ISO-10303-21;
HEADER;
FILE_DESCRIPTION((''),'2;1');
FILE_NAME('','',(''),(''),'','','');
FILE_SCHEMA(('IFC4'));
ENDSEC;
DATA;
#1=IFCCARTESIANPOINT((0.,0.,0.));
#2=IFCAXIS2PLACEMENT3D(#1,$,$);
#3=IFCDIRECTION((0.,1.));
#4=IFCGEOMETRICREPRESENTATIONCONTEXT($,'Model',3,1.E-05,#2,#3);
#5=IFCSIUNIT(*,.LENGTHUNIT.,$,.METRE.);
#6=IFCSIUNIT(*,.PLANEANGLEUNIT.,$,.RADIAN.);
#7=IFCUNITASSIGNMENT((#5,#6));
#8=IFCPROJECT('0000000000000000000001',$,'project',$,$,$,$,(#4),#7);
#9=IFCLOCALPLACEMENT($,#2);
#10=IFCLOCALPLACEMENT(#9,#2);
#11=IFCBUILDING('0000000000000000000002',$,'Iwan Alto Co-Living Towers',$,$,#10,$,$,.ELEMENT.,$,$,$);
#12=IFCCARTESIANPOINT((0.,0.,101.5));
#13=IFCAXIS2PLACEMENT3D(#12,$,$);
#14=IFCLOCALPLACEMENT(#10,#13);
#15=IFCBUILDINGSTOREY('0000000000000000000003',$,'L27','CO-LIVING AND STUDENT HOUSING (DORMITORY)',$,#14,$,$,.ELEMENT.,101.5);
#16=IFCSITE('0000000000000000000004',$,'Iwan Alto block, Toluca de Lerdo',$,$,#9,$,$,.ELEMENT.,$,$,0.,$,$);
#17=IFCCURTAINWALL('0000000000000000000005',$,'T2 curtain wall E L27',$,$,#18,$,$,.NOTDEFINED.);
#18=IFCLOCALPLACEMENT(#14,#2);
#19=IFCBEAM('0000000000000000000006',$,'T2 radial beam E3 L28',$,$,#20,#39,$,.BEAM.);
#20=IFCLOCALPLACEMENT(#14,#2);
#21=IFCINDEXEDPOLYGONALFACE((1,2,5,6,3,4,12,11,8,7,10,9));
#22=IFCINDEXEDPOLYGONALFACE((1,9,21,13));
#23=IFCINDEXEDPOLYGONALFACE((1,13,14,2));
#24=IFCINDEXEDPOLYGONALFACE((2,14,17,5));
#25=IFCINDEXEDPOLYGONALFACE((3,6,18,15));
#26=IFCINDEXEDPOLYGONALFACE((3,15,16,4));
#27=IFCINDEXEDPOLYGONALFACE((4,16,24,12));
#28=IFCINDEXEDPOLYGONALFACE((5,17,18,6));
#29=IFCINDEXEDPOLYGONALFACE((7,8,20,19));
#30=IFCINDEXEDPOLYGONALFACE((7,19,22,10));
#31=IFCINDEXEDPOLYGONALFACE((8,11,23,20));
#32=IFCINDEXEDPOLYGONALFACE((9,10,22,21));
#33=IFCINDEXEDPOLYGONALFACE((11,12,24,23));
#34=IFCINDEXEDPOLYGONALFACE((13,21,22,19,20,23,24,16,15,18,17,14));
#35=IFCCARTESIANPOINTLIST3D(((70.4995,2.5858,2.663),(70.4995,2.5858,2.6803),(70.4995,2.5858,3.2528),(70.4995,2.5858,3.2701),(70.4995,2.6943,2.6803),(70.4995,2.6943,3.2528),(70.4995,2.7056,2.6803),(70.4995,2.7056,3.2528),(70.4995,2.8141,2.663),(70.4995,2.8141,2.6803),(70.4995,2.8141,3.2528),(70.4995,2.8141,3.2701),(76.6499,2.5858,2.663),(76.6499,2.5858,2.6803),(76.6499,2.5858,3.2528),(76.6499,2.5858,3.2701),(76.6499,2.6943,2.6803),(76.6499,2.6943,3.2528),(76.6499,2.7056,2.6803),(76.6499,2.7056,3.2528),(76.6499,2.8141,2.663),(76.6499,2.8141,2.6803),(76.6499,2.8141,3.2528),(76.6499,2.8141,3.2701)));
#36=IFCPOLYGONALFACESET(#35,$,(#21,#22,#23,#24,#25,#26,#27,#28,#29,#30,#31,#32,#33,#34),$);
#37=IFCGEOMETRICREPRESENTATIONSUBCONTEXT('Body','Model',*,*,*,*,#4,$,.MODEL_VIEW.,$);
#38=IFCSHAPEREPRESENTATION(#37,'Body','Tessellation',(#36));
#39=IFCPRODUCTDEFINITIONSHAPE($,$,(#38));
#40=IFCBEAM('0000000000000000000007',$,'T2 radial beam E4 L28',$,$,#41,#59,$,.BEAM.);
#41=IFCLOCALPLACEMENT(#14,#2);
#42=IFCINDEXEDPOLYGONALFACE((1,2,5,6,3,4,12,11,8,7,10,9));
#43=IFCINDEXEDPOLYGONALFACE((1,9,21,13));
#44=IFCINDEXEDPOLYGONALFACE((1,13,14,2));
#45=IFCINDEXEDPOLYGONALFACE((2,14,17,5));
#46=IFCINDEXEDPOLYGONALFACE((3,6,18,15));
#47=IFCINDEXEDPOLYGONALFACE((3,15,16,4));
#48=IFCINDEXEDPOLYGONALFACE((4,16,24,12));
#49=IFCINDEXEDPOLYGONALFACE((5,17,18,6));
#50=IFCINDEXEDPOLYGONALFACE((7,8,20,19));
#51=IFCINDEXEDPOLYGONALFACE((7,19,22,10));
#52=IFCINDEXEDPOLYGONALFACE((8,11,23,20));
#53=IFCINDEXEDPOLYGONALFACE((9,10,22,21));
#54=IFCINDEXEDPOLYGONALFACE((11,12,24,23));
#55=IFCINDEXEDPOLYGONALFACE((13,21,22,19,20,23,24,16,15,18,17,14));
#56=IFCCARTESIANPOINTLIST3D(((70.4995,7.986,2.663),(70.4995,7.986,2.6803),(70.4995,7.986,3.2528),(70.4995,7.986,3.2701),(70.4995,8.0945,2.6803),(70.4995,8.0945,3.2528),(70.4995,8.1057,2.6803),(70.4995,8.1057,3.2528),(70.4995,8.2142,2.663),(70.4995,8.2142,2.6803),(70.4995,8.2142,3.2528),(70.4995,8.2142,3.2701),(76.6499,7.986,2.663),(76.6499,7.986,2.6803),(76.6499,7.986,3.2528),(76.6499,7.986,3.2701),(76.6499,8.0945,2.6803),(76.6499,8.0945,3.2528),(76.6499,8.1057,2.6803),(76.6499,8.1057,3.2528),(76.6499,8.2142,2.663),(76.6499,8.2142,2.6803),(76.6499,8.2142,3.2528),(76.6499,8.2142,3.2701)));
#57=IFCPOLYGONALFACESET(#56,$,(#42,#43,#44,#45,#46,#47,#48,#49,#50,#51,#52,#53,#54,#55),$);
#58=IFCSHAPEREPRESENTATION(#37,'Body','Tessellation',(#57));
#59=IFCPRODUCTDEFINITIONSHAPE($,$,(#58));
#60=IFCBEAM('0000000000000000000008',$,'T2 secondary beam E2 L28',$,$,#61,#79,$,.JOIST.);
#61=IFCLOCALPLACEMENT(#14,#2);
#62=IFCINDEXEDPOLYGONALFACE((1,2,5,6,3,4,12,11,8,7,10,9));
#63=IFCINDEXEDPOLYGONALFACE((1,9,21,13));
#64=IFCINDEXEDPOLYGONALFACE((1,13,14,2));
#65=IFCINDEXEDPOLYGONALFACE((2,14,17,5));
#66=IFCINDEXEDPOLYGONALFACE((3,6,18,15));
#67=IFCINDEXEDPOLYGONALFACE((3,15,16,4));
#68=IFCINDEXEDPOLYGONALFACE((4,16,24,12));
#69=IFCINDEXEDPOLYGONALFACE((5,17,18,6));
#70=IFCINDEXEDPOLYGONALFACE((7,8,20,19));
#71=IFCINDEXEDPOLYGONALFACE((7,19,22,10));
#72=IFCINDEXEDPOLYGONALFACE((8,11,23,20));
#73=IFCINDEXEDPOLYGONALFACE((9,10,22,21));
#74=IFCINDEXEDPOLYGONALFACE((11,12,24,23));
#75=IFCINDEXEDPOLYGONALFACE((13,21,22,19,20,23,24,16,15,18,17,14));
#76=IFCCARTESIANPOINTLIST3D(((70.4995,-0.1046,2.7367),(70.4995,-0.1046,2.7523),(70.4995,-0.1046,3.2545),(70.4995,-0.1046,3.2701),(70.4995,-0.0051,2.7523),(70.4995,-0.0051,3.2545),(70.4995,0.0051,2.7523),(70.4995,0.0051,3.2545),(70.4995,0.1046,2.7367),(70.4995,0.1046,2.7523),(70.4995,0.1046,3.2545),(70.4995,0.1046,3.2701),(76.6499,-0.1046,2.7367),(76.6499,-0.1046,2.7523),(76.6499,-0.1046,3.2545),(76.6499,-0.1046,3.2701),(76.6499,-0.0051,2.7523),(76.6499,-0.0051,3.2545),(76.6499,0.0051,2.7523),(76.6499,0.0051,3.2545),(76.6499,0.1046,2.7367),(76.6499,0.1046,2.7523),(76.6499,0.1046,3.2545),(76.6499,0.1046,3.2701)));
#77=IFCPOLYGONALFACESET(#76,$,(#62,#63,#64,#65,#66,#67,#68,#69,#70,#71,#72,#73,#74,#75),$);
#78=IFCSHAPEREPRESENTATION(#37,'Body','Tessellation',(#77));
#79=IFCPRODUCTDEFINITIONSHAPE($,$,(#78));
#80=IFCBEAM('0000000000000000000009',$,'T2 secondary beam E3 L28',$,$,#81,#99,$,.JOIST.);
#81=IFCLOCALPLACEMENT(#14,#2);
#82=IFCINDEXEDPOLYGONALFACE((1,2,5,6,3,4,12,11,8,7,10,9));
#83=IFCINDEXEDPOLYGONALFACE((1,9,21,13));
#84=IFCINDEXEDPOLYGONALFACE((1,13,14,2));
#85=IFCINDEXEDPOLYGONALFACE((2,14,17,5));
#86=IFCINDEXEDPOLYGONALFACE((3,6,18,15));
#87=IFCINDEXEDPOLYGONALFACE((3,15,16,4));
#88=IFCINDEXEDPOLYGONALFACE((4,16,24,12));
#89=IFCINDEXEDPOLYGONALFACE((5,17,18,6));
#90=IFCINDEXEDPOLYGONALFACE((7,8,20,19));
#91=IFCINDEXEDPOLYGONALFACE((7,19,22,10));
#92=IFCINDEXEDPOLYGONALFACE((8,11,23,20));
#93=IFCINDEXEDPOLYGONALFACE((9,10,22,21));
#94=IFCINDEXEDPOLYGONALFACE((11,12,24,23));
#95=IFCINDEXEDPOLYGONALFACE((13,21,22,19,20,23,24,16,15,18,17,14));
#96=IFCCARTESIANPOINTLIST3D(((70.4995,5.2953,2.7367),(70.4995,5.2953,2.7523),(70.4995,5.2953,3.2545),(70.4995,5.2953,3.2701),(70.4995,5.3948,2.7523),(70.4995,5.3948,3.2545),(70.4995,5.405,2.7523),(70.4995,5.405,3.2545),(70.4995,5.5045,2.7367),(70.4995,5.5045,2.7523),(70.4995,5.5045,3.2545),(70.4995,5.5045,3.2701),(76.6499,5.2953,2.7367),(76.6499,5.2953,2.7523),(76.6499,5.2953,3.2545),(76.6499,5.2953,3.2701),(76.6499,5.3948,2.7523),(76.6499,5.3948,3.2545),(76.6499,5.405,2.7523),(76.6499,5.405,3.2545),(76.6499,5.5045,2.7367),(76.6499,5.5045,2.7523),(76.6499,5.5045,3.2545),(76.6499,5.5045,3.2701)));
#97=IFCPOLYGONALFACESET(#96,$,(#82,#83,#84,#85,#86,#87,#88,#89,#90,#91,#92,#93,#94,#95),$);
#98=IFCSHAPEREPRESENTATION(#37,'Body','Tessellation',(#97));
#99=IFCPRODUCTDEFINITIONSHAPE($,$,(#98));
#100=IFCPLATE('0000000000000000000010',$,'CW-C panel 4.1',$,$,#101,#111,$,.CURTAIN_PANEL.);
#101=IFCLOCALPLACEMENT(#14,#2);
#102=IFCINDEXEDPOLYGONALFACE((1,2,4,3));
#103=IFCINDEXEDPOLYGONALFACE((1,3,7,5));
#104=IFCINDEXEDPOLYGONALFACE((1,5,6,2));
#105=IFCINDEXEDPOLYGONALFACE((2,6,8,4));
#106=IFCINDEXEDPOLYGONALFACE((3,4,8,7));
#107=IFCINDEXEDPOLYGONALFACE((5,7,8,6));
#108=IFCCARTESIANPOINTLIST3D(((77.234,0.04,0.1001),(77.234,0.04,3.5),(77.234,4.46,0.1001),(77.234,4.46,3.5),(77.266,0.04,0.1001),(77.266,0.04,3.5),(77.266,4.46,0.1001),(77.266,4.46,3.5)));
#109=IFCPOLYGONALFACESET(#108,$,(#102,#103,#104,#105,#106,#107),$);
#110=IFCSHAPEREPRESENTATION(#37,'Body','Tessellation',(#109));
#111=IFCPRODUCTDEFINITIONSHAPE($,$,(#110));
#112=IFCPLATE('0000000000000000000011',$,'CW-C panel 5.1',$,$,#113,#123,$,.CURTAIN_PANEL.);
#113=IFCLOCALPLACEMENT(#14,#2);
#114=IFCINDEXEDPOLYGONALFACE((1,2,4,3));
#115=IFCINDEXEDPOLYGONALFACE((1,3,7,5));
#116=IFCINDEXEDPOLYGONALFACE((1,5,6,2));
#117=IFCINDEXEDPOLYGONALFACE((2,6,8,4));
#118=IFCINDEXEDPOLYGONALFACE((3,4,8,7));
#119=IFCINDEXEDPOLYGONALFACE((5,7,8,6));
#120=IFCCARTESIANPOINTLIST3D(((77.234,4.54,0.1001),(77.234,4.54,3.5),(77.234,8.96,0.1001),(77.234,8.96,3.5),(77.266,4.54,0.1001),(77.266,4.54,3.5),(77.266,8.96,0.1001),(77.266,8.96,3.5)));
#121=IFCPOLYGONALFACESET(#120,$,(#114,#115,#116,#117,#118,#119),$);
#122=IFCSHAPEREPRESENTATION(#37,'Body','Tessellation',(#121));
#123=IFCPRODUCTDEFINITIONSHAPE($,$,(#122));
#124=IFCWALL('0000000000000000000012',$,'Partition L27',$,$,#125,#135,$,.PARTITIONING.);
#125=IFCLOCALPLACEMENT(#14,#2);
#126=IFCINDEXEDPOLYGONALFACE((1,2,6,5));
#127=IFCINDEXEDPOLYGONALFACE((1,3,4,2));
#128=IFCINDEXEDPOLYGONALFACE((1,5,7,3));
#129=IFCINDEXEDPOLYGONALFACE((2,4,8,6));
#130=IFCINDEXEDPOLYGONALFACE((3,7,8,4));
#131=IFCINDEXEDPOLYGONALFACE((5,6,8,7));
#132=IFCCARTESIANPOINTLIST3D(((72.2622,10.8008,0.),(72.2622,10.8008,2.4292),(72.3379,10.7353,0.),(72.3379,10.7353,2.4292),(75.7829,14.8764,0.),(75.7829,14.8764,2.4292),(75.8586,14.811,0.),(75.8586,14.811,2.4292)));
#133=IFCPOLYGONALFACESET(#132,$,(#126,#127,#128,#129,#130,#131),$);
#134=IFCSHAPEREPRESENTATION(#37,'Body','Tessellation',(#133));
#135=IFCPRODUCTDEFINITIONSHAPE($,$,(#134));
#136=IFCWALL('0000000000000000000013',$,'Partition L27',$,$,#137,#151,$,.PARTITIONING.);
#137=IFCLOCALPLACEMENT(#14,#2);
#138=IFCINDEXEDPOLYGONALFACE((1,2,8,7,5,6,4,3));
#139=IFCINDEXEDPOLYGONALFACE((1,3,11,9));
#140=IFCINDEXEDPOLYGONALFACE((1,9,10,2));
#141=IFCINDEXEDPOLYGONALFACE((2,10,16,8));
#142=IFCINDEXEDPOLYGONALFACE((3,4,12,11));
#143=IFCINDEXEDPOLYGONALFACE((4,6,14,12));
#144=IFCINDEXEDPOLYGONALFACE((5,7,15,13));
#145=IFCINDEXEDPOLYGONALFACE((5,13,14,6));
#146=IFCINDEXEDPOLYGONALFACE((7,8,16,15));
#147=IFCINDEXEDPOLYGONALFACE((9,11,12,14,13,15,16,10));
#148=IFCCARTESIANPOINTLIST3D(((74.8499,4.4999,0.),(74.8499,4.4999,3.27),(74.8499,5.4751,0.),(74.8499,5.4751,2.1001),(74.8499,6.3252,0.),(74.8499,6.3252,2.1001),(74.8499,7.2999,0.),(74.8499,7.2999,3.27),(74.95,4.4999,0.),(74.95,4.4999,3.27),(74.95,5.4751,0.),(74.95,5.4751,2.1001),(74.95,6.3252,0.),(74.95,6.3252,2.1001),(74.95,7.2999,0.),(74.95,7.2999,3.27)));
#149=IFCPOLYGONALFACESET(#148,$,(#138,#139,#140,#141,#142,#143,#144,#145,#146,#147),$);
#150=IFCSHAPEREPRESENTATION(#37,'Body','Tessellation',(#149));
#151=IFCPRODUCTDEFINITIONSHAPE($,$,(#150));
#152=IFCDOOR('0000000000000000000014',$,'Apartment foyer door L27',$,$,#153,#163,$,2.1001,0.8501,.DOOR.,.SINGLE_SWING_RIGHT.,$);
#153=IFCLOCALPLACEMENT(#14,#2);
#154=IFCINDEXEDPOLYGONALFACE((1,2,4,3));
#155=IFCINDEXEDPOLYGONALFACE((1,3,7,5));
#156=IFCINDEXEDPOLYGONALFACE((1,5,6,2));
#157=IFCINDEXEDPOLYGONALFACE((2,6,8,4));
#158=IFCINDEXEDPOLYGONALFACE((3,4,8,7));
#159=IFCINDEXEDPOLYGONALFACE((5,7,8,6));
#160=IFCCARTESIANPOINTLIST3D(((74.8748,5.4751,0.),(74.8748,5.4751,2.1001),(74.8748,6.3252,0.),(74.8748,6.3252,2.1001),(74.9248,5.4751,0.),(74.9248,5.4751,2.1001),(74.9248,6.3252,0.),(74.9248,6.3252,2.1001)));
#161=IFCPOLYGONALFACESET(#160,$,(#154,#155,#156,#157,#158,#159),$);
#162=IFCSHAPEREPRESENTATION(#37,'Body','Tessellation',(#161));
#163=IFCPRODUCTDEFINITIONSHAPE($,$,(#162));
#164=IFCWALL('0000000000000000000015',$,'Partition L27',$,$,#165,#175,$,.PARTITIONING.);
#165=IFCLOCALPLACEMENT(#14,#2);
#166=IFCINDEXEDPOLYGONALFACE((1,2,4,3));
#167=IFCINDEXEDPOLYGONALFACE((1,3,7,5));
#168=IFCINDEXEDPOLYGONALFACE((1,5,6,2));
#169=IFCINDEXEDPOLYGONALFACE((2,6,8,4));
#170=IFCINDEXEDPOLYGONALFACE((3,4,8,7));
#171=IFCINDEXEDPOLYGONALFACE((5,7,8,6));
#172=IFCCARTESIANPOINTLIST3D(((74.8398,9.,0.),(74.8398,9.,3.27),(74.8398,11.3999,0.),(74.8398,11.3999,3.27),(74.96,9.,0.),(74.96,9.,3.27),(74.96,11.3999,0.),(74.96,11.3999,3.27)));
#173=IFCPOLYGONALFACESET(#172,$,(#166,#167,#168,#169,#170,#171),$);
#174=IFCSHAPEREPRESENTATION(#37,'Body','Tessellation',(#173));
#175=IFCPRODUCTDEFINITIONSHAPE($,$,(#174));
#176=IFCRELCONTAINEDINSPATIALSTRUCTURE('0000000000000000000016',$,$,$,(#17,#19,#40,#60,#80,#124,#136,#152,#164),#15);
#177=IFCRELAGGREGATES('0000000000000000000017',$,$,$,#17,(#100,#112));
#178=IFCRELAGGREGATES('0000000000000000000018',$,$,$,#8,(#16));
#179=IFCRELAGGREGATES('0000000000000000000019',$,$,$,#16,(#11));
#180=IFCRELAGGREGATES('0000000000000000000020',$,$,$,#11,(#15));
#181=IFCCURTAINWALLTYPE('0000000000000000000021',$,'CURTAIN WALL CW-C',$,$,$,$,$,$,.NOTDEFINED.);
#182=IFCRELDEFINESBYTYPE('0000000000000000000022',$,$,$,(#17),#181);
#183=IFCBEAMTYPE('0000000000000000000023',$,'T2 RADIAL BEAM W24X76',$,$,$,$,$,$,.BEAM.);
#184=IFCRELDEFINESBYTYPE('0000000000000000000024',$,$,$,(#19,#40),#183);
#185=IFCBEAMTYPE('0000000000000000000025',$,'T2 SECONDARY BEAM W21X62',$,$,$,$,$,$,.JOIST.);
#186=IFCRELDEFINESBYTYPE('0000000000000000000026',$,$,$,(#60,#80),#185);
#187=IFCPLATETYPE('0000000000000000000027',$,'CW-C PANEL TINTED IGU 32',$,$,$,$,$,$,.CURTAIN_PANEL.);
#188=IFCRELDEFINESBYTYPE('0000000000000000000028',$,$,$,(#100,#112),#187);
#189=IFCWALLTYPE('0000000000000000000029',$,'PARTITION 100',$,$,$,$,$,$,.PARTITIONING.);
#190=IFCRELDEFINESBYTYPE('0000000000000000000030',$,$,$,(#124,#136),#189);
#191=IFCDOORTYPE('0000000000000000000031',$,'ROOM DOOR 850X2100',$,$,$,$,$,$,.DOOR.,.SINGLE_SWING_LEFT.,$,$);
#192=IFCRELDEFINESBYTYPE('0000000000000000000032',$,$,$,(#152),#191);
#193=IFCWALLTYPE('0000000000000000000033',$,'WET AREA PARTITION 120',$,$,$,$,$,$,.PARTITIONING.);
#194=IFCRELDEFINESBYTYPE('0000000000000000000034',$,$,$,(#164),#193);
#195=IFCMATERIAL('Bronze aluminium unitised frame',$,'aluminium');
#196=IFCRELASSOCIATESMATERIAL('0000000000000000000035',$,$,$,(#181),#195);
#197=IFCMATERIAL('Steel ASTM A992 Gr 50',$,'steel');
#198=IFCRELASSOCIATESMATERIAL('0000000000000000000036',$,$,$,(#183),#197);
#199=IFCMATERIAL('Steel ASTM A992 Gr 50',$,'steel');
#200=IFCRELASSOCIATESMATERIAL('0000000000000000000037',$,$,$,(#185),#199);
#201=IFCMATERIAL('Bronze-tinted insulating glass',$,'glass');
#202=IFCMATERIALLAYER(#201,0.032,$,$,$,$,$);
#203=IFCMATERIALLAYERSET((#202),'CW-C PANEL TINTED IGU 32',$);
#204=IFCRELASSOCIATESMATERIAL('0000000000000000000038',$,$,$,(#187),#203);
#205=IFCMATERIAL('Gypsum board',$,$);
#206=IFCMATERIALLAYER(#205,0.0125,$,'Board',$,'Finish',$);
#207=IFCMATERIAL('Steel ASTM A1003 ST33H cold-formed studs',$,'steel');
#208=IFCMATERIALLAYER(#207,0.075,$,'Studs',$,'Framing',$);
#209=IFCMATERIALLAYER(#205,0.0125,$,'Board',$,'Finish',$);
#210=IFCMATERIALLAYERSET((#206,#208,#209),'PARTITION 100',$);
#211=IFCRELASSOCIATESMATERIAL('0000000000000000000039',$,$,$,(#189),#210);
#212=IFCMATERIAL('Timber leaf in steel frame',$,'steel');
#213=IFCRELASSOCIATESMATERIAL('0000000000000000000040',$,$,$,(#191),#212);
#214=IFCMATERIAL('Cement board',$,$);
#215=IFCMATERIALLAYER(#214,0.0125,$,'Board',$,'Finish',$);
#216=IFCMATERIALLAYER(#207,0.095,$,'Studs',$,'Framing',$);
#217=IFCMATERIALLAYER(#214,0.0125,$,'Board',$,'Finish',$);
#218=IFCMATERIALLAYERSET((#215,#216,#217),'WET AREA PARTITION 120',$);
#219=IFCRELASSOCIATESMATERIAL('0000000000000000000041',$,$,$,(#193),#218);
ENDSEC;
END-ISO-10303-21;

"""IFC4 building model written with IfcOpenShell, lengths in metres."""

from ifc_helpers import new_model, si_unit, direction, frame, frame_2d, origin, origin_2d, place, context, subcontext, project, spatial, rectangle, i_section, extrude, material, layer, layer_set, material_profile, profile_set, type_object, element, fill, aggregate, save


model = new_model("IFC4")

# Units and contexts
model_context = context("Model", 3, precision=1e-05, world=origin(), true_north=direction((0.0, 1.0)))
body_context = subcontext(model_context, "Body", "Model", "MODEL_VIEW")
ifc_project = project(units=[si_unit("LENGTHUNIT", "METRE"), si_unit("PLANEANGLEUNIT", "RADIAN")], contexts=[model_context])

# Site, building, storey
site_placement = place(None, origin())
site = spatial("IfcSite", under=ifc_project, at=site_placement, Name="Iwan Alto block, Toluca de Lerdo", CompositionType="ELEMENT", RefElevation=0.0)
building_placement = place(site_placement, origin())
building = spatial("IfcBuilding", under=site, at=building_placement, Name="Iwan Alto Co-Living Towers", CompositionType="ELEMENT")
storey_placement = place(building_placement, frame((0.0, 0.0, 101.5)))
storey = spatial("IfcBuildingStorey", under=building, at=storey_placement, Name="L27", Description="CO-LIVING AND STUDENT HOUSING (DORMITORY)", CompositionType="ELEMENT", Elevation=101.5)

# Curtain wall
ifc_material_1 = material(Name="Bronze aluminium unitised frame", Category="aluminium")
curtain_wall_type = type_object("IfcCurtainWallType", Name="CURTAIN WALL CW-C", PredefinedType="NOTDEFINED", material=ifc_material_1)
curtain_wall_placement = place(storey_placement, origin())
curtain_wall = element("IfcCurtainWall", 1, at=curtain_wall_placement, inside=storey, type_object=curtain_wall_type, Name="T2 curtain wall E L27", PredefinedType="NOTDEFINED")

# Beams
ifc_material_2 = material(Name="Steel ASTM A992 Gr 50", Category="steel")
ifc_material_profile_1 = material_profile(ifc_material_2, i_section(OverallWidth=0.2283, OverallDepth=0.6072, WebThickness=0.0112, FlangeThickness=0.0173, at=origin_2d()), Name="W24X76")
ifc_profile_set_1 = profile_set([ifc_material_profile_1], Name="Steel ASTM A992 Gr 50")
beam_type_1 = type_object("IfcBeamType", Name="T2 RADIAL BEAM W24X76", PredefinedType="BEAM", material=ifc_profile_set_1)
for number, where, z_axis, x_axis, name in (
    (2, (76.6499, 2.7, 2.9666), (-1.0, 0.0, 0.0), (0.0, -1.0, 0.0), "T2 radial beam E3 L28"),
    (3, (76.6499, 8.1001, 2.9666), (-1.0, 0.0, 0.0), (0.0, -1.0, 0.0), "T2 radial beam E4 L28"),
):
    element("IfcBeam", number, at=place(storey_placement, frame(where, z_axis=z_axis, x_axis=x_axis)), inside=storey, type_object=beam_type_1, Name=name, PredefinedType="BEAM", context=body_context, shape_type="SweptSolid", body=[
        extrude(i_section(OverallWidth=0.2283, OverallDepth=0.6072, WebThickness=0.0112, FlangeThickness=0.0173, at=origin_2d()), origin(), (0.0, 0.0, 1.0), 6.1504),
    ])
ifc_material_3 = material(Name="Steel ASTM A992 Gr 50", Category="steel")
ifc_material_profile_2 = material_profile(ifc_material_3, i_section(OverallWidth=0.2092, OverallDepth=0.5334, WebThickness=0.0103, FlangeThickness=0.0156, at=origin_2d()), Name="W21X62")
ifc_profile_set_2 = profile_set([ifc_material_profile_2], Name="Steel ASTM A992 Gr 50")
beam_type_2 = type_object("IfcBeamType", Name="T2 SECONDARY BEAM W21X62", PredefinedType="JOIST", material=ifc_profile_set_2)
for number, where, z_axis, x_axis, name in (
    (4, (76.6499, 0.0, 3.0034), (-1.0, 0.0, 0.0), (0.0, -1.0, 0.0), "T2 secondary beam E2 L28"),
    (5, (76.6499, 5.3999, 3.0034), (-1.0, 0.0, 0.0), (0.0, -1.0, 0.0), "T2 secondary beam E3 L28"),
):
    element("IfcBeam", number, at=place(storey_placement, frame(where, z_axis=z_axis, x_axis=x_axis)), inside=storey, type_object=beam_type_2, Name=name, PredefinedType="JOIST", context=body_context, shape_type="SweptSolid", body=[
        extrude(i_section(OverallWidth=0.2092, OverallDepth=0.5334, WebThickness=0.0103, FlangeThickness=0.0156, at=origin_2d()), origin(), (0.0, 0.0, 1.0), 6.1504),
    ])

# Plates
ifc_material_4 = material(Name="Bronze-tinted insulating glass", Category="glass")
ifc_layer_1 = layer(ifc_material_4, 0.032)
ifc_layer_set_1 = layer_set([ifc_layer_1], Name="CW-C PANEL TINTED IGU 32")
plate_type = type_object("IfcPlateType", Name="CW-C PANEL TINTED IGU 32", PredefinedType="CURTAIN_PANEL", material=ifc_layer_set_1)
plate_1_placement = place(storey_placement, frame((77.25, 2.25, 0.1001), z_axis=(0.0, 0.0, 1.0), x_axis=(0.0, 1.0, 0.0)))
plate_1 = element("IfcPlate", 6, at=plate_1_placement, type_object=plate_type, Name="CW-C panel 4.1", PredefinedType="CURTAIN_PANEL", context=body_context, shape_type="SweptSolid", body=[
    extrude(rectangle(XDim=4.4199, YDim=0.032, at=origin_2d()), origin(), (0.0, 0.0, 1.0), 3.3999),
])
plate_2_placement = place(storey_placement, frame((77.25, 6.75, 0.1001), z_axis=(0.0, 0.0, 1.0), x_axis=(0.0, 1.0, 0.0)))
plate_2 = element("IfcPlate", 7, at=plate_2_placement, type_object=plate_type, Name="CW-C panel 5.1", PredefinedType="CURTAIN_PANEL", context=body_context, shape_type="SweptSolid", body=[
    extrude(rectangle(XDim=4.4199, YDim=0.032, at=origin_2d()), origin(), (0.0, 0.0, 1.0), 3.3999),
])
aggregate(curtain_wall, [plate_1, plate_2])

# Wall
ifc_material_5 = material(Name="Gypsum board")
ifc_layer_2 = layer(ifc_material_5, 0.0125, Name="Board", Category="Finish")
ifc_material_6 = material(Name="Steel ASTM A1003 ST33H cold-formed studs", Category="steel")
ifc_layer_3 = layer(ifc_material_6, 0.075, Name="Studs", Category="Framing")
ifc_layer_4 = layer(ifc_material_5, 0.0125, Name="Board", Category="Finish")
ifc_layer_set_2 = layer_set([ifc_layer_2, ifc_layer_3, ifc_layer_4], Name="PARTITION 100")
wall_type_1 = type_object("IfcWallType", Name="PARTITION 100", PredefinedType="PARTITIONING", material=ifc_layer_set_2)
wall_1_placement = place(storey_placement, frame((72.3, 10.7681, 0.0), z_axis=(0.0, 0.0, 1.0), x_axis=(0.65371, 0.756746, 0.0)))
element("IfcWall", 8, at=wall_1_placement, inside=storey, type_object=wall_type_1, Name="Partition L27", PredefinedType="PARTITIONING", context=body_context, shape_type="SweptSolid", body=[
    extrude(rectangle(XDim=5.3857, YDim=0.1001, at=frame_2d((2.6929, 0.0))), origin(), (0.0, 0.0, 1.0), 2.4292),
])

# Wall, opening, door
wall_2_placement = place(storey_placement, frame((74.8999, 4.5, 0.0), z_axis=(0.0, 0.0, 1.0), x_axis=(0.0, 1.0, 0.0)))
wall_2 = element("IfcWall", 9, at=wall_2_placement, inside=storey, type_object=wall_type_1, Name="Partition L27", PredefinedType="PARTITIONING", context=body_context, shape_type="SweptSolid", body=[
    extrude(rectangle(XDim=2.8, YDim=0.1001, at=frame_2d((1.3999, 0.0))), origin(), (0.0, 0.0, 1.0), 3.27),
])
opening_placement = place(wall_2_placement, frame((0.9751, 0.0, 0.0)))
opening = element("IfcOpeningElement", 10, at=opening_placement, cuts=wall_2, PredefinedType="OPENING", context=body_context, shape_type="SweptSolid", body=[
    extrude(rectangle(XDim=0.8501, YDim=2.1001, at=frame_2d((0.425, 1.05))), frame((0.0, 0.0601, 0.0), z_axis=(0.0, -1.0, 0.0), x_axis=(1.0, 0.0, 0.0)), (0.0, 0.0, 1.0), 0.1201),
])
ifc_material_7 = material(Name="Timber leaf in steel frame", Category="steel")
door_type = type_object("IfcDoorType", Name="ROOM DOOR 850X2100", OperationType="SINGLE_SWING_LEFT", PredefinedType="DOOR", material=ifc_material_7)
door_placement = place(opening_placement, frame((0.8501, 0.0, 0.0), z_axis=(0.0, 0.0, 1.0), x_axis=(-1.0, 0.0, 0.0)))
door = element("IfcDoor", 11, at=door_placement, inside=storey, type_object=door_type, Name="Apartment foyer door L27", OperationType="SINGLE_SWING_RIGHT", OverallHeight=2.1001, OverallWidth=0.8501, PredefinedType="DOOR", context=body_context, shape_type="SweptSolid", body=[
    extrude(rectangle(XDim=0.8501, YDim=2.1001, at=frame_2d((0.425, 1.05))), frame((0.0, 0.0249, 0.0), z_axis=(0.0, -1.0, 0.0), x_axis=(1.0, 0.0, 0.0)), (0.0, 0.0, 1.0), 0.05),
])
fill(opening, door)

# Wall
ifc_material_8 = material(Name="Cement board")
ifc_layer_5 = layer(ifc_material_8, 0.0125, Name="Board", Category="Finish")
ifc_layer_6 = layer(ifc_material_6, 0.095, Name="Studs", Category="Framing")
ifc_layer_7 = layer(ifc_material_8, 0.0125, Name="Board", Category="Finish")
ifc_layer_set_3 = layer_set([ifc_layer_5, ifc_layer_6, ifc_layer_7], Name="WET AREA PARTITION 120")
wall_type_2 = type_object("IfcWallType", Name="WET AREA PARTITION 120", PredefinedType="PARTITIONING", material=ifc_layer_set_3)
wall_3_placement = place(storey_placement, frame((74.8999, 9.0, 0.0), z_axis=(0.0, 0.0, 1.0), x_axis=(0.0, 1.0, 0.0)))
element("IfcWall", 12, at=wall_3_placement, inside=storey, type_object=wall_type_2, Name="Partition L27", PredefinedType="PARTITIONING", context=body_context, shape_type="SweptSolid", body=[
    extrude(rectangle(XDim=2.3999, YDim=0.1201, at=frame_2d((1.2, 0.0))), origin(), (0.0, 0.0, 1.0), 3.27),
])

save(model, "model.ifc")
